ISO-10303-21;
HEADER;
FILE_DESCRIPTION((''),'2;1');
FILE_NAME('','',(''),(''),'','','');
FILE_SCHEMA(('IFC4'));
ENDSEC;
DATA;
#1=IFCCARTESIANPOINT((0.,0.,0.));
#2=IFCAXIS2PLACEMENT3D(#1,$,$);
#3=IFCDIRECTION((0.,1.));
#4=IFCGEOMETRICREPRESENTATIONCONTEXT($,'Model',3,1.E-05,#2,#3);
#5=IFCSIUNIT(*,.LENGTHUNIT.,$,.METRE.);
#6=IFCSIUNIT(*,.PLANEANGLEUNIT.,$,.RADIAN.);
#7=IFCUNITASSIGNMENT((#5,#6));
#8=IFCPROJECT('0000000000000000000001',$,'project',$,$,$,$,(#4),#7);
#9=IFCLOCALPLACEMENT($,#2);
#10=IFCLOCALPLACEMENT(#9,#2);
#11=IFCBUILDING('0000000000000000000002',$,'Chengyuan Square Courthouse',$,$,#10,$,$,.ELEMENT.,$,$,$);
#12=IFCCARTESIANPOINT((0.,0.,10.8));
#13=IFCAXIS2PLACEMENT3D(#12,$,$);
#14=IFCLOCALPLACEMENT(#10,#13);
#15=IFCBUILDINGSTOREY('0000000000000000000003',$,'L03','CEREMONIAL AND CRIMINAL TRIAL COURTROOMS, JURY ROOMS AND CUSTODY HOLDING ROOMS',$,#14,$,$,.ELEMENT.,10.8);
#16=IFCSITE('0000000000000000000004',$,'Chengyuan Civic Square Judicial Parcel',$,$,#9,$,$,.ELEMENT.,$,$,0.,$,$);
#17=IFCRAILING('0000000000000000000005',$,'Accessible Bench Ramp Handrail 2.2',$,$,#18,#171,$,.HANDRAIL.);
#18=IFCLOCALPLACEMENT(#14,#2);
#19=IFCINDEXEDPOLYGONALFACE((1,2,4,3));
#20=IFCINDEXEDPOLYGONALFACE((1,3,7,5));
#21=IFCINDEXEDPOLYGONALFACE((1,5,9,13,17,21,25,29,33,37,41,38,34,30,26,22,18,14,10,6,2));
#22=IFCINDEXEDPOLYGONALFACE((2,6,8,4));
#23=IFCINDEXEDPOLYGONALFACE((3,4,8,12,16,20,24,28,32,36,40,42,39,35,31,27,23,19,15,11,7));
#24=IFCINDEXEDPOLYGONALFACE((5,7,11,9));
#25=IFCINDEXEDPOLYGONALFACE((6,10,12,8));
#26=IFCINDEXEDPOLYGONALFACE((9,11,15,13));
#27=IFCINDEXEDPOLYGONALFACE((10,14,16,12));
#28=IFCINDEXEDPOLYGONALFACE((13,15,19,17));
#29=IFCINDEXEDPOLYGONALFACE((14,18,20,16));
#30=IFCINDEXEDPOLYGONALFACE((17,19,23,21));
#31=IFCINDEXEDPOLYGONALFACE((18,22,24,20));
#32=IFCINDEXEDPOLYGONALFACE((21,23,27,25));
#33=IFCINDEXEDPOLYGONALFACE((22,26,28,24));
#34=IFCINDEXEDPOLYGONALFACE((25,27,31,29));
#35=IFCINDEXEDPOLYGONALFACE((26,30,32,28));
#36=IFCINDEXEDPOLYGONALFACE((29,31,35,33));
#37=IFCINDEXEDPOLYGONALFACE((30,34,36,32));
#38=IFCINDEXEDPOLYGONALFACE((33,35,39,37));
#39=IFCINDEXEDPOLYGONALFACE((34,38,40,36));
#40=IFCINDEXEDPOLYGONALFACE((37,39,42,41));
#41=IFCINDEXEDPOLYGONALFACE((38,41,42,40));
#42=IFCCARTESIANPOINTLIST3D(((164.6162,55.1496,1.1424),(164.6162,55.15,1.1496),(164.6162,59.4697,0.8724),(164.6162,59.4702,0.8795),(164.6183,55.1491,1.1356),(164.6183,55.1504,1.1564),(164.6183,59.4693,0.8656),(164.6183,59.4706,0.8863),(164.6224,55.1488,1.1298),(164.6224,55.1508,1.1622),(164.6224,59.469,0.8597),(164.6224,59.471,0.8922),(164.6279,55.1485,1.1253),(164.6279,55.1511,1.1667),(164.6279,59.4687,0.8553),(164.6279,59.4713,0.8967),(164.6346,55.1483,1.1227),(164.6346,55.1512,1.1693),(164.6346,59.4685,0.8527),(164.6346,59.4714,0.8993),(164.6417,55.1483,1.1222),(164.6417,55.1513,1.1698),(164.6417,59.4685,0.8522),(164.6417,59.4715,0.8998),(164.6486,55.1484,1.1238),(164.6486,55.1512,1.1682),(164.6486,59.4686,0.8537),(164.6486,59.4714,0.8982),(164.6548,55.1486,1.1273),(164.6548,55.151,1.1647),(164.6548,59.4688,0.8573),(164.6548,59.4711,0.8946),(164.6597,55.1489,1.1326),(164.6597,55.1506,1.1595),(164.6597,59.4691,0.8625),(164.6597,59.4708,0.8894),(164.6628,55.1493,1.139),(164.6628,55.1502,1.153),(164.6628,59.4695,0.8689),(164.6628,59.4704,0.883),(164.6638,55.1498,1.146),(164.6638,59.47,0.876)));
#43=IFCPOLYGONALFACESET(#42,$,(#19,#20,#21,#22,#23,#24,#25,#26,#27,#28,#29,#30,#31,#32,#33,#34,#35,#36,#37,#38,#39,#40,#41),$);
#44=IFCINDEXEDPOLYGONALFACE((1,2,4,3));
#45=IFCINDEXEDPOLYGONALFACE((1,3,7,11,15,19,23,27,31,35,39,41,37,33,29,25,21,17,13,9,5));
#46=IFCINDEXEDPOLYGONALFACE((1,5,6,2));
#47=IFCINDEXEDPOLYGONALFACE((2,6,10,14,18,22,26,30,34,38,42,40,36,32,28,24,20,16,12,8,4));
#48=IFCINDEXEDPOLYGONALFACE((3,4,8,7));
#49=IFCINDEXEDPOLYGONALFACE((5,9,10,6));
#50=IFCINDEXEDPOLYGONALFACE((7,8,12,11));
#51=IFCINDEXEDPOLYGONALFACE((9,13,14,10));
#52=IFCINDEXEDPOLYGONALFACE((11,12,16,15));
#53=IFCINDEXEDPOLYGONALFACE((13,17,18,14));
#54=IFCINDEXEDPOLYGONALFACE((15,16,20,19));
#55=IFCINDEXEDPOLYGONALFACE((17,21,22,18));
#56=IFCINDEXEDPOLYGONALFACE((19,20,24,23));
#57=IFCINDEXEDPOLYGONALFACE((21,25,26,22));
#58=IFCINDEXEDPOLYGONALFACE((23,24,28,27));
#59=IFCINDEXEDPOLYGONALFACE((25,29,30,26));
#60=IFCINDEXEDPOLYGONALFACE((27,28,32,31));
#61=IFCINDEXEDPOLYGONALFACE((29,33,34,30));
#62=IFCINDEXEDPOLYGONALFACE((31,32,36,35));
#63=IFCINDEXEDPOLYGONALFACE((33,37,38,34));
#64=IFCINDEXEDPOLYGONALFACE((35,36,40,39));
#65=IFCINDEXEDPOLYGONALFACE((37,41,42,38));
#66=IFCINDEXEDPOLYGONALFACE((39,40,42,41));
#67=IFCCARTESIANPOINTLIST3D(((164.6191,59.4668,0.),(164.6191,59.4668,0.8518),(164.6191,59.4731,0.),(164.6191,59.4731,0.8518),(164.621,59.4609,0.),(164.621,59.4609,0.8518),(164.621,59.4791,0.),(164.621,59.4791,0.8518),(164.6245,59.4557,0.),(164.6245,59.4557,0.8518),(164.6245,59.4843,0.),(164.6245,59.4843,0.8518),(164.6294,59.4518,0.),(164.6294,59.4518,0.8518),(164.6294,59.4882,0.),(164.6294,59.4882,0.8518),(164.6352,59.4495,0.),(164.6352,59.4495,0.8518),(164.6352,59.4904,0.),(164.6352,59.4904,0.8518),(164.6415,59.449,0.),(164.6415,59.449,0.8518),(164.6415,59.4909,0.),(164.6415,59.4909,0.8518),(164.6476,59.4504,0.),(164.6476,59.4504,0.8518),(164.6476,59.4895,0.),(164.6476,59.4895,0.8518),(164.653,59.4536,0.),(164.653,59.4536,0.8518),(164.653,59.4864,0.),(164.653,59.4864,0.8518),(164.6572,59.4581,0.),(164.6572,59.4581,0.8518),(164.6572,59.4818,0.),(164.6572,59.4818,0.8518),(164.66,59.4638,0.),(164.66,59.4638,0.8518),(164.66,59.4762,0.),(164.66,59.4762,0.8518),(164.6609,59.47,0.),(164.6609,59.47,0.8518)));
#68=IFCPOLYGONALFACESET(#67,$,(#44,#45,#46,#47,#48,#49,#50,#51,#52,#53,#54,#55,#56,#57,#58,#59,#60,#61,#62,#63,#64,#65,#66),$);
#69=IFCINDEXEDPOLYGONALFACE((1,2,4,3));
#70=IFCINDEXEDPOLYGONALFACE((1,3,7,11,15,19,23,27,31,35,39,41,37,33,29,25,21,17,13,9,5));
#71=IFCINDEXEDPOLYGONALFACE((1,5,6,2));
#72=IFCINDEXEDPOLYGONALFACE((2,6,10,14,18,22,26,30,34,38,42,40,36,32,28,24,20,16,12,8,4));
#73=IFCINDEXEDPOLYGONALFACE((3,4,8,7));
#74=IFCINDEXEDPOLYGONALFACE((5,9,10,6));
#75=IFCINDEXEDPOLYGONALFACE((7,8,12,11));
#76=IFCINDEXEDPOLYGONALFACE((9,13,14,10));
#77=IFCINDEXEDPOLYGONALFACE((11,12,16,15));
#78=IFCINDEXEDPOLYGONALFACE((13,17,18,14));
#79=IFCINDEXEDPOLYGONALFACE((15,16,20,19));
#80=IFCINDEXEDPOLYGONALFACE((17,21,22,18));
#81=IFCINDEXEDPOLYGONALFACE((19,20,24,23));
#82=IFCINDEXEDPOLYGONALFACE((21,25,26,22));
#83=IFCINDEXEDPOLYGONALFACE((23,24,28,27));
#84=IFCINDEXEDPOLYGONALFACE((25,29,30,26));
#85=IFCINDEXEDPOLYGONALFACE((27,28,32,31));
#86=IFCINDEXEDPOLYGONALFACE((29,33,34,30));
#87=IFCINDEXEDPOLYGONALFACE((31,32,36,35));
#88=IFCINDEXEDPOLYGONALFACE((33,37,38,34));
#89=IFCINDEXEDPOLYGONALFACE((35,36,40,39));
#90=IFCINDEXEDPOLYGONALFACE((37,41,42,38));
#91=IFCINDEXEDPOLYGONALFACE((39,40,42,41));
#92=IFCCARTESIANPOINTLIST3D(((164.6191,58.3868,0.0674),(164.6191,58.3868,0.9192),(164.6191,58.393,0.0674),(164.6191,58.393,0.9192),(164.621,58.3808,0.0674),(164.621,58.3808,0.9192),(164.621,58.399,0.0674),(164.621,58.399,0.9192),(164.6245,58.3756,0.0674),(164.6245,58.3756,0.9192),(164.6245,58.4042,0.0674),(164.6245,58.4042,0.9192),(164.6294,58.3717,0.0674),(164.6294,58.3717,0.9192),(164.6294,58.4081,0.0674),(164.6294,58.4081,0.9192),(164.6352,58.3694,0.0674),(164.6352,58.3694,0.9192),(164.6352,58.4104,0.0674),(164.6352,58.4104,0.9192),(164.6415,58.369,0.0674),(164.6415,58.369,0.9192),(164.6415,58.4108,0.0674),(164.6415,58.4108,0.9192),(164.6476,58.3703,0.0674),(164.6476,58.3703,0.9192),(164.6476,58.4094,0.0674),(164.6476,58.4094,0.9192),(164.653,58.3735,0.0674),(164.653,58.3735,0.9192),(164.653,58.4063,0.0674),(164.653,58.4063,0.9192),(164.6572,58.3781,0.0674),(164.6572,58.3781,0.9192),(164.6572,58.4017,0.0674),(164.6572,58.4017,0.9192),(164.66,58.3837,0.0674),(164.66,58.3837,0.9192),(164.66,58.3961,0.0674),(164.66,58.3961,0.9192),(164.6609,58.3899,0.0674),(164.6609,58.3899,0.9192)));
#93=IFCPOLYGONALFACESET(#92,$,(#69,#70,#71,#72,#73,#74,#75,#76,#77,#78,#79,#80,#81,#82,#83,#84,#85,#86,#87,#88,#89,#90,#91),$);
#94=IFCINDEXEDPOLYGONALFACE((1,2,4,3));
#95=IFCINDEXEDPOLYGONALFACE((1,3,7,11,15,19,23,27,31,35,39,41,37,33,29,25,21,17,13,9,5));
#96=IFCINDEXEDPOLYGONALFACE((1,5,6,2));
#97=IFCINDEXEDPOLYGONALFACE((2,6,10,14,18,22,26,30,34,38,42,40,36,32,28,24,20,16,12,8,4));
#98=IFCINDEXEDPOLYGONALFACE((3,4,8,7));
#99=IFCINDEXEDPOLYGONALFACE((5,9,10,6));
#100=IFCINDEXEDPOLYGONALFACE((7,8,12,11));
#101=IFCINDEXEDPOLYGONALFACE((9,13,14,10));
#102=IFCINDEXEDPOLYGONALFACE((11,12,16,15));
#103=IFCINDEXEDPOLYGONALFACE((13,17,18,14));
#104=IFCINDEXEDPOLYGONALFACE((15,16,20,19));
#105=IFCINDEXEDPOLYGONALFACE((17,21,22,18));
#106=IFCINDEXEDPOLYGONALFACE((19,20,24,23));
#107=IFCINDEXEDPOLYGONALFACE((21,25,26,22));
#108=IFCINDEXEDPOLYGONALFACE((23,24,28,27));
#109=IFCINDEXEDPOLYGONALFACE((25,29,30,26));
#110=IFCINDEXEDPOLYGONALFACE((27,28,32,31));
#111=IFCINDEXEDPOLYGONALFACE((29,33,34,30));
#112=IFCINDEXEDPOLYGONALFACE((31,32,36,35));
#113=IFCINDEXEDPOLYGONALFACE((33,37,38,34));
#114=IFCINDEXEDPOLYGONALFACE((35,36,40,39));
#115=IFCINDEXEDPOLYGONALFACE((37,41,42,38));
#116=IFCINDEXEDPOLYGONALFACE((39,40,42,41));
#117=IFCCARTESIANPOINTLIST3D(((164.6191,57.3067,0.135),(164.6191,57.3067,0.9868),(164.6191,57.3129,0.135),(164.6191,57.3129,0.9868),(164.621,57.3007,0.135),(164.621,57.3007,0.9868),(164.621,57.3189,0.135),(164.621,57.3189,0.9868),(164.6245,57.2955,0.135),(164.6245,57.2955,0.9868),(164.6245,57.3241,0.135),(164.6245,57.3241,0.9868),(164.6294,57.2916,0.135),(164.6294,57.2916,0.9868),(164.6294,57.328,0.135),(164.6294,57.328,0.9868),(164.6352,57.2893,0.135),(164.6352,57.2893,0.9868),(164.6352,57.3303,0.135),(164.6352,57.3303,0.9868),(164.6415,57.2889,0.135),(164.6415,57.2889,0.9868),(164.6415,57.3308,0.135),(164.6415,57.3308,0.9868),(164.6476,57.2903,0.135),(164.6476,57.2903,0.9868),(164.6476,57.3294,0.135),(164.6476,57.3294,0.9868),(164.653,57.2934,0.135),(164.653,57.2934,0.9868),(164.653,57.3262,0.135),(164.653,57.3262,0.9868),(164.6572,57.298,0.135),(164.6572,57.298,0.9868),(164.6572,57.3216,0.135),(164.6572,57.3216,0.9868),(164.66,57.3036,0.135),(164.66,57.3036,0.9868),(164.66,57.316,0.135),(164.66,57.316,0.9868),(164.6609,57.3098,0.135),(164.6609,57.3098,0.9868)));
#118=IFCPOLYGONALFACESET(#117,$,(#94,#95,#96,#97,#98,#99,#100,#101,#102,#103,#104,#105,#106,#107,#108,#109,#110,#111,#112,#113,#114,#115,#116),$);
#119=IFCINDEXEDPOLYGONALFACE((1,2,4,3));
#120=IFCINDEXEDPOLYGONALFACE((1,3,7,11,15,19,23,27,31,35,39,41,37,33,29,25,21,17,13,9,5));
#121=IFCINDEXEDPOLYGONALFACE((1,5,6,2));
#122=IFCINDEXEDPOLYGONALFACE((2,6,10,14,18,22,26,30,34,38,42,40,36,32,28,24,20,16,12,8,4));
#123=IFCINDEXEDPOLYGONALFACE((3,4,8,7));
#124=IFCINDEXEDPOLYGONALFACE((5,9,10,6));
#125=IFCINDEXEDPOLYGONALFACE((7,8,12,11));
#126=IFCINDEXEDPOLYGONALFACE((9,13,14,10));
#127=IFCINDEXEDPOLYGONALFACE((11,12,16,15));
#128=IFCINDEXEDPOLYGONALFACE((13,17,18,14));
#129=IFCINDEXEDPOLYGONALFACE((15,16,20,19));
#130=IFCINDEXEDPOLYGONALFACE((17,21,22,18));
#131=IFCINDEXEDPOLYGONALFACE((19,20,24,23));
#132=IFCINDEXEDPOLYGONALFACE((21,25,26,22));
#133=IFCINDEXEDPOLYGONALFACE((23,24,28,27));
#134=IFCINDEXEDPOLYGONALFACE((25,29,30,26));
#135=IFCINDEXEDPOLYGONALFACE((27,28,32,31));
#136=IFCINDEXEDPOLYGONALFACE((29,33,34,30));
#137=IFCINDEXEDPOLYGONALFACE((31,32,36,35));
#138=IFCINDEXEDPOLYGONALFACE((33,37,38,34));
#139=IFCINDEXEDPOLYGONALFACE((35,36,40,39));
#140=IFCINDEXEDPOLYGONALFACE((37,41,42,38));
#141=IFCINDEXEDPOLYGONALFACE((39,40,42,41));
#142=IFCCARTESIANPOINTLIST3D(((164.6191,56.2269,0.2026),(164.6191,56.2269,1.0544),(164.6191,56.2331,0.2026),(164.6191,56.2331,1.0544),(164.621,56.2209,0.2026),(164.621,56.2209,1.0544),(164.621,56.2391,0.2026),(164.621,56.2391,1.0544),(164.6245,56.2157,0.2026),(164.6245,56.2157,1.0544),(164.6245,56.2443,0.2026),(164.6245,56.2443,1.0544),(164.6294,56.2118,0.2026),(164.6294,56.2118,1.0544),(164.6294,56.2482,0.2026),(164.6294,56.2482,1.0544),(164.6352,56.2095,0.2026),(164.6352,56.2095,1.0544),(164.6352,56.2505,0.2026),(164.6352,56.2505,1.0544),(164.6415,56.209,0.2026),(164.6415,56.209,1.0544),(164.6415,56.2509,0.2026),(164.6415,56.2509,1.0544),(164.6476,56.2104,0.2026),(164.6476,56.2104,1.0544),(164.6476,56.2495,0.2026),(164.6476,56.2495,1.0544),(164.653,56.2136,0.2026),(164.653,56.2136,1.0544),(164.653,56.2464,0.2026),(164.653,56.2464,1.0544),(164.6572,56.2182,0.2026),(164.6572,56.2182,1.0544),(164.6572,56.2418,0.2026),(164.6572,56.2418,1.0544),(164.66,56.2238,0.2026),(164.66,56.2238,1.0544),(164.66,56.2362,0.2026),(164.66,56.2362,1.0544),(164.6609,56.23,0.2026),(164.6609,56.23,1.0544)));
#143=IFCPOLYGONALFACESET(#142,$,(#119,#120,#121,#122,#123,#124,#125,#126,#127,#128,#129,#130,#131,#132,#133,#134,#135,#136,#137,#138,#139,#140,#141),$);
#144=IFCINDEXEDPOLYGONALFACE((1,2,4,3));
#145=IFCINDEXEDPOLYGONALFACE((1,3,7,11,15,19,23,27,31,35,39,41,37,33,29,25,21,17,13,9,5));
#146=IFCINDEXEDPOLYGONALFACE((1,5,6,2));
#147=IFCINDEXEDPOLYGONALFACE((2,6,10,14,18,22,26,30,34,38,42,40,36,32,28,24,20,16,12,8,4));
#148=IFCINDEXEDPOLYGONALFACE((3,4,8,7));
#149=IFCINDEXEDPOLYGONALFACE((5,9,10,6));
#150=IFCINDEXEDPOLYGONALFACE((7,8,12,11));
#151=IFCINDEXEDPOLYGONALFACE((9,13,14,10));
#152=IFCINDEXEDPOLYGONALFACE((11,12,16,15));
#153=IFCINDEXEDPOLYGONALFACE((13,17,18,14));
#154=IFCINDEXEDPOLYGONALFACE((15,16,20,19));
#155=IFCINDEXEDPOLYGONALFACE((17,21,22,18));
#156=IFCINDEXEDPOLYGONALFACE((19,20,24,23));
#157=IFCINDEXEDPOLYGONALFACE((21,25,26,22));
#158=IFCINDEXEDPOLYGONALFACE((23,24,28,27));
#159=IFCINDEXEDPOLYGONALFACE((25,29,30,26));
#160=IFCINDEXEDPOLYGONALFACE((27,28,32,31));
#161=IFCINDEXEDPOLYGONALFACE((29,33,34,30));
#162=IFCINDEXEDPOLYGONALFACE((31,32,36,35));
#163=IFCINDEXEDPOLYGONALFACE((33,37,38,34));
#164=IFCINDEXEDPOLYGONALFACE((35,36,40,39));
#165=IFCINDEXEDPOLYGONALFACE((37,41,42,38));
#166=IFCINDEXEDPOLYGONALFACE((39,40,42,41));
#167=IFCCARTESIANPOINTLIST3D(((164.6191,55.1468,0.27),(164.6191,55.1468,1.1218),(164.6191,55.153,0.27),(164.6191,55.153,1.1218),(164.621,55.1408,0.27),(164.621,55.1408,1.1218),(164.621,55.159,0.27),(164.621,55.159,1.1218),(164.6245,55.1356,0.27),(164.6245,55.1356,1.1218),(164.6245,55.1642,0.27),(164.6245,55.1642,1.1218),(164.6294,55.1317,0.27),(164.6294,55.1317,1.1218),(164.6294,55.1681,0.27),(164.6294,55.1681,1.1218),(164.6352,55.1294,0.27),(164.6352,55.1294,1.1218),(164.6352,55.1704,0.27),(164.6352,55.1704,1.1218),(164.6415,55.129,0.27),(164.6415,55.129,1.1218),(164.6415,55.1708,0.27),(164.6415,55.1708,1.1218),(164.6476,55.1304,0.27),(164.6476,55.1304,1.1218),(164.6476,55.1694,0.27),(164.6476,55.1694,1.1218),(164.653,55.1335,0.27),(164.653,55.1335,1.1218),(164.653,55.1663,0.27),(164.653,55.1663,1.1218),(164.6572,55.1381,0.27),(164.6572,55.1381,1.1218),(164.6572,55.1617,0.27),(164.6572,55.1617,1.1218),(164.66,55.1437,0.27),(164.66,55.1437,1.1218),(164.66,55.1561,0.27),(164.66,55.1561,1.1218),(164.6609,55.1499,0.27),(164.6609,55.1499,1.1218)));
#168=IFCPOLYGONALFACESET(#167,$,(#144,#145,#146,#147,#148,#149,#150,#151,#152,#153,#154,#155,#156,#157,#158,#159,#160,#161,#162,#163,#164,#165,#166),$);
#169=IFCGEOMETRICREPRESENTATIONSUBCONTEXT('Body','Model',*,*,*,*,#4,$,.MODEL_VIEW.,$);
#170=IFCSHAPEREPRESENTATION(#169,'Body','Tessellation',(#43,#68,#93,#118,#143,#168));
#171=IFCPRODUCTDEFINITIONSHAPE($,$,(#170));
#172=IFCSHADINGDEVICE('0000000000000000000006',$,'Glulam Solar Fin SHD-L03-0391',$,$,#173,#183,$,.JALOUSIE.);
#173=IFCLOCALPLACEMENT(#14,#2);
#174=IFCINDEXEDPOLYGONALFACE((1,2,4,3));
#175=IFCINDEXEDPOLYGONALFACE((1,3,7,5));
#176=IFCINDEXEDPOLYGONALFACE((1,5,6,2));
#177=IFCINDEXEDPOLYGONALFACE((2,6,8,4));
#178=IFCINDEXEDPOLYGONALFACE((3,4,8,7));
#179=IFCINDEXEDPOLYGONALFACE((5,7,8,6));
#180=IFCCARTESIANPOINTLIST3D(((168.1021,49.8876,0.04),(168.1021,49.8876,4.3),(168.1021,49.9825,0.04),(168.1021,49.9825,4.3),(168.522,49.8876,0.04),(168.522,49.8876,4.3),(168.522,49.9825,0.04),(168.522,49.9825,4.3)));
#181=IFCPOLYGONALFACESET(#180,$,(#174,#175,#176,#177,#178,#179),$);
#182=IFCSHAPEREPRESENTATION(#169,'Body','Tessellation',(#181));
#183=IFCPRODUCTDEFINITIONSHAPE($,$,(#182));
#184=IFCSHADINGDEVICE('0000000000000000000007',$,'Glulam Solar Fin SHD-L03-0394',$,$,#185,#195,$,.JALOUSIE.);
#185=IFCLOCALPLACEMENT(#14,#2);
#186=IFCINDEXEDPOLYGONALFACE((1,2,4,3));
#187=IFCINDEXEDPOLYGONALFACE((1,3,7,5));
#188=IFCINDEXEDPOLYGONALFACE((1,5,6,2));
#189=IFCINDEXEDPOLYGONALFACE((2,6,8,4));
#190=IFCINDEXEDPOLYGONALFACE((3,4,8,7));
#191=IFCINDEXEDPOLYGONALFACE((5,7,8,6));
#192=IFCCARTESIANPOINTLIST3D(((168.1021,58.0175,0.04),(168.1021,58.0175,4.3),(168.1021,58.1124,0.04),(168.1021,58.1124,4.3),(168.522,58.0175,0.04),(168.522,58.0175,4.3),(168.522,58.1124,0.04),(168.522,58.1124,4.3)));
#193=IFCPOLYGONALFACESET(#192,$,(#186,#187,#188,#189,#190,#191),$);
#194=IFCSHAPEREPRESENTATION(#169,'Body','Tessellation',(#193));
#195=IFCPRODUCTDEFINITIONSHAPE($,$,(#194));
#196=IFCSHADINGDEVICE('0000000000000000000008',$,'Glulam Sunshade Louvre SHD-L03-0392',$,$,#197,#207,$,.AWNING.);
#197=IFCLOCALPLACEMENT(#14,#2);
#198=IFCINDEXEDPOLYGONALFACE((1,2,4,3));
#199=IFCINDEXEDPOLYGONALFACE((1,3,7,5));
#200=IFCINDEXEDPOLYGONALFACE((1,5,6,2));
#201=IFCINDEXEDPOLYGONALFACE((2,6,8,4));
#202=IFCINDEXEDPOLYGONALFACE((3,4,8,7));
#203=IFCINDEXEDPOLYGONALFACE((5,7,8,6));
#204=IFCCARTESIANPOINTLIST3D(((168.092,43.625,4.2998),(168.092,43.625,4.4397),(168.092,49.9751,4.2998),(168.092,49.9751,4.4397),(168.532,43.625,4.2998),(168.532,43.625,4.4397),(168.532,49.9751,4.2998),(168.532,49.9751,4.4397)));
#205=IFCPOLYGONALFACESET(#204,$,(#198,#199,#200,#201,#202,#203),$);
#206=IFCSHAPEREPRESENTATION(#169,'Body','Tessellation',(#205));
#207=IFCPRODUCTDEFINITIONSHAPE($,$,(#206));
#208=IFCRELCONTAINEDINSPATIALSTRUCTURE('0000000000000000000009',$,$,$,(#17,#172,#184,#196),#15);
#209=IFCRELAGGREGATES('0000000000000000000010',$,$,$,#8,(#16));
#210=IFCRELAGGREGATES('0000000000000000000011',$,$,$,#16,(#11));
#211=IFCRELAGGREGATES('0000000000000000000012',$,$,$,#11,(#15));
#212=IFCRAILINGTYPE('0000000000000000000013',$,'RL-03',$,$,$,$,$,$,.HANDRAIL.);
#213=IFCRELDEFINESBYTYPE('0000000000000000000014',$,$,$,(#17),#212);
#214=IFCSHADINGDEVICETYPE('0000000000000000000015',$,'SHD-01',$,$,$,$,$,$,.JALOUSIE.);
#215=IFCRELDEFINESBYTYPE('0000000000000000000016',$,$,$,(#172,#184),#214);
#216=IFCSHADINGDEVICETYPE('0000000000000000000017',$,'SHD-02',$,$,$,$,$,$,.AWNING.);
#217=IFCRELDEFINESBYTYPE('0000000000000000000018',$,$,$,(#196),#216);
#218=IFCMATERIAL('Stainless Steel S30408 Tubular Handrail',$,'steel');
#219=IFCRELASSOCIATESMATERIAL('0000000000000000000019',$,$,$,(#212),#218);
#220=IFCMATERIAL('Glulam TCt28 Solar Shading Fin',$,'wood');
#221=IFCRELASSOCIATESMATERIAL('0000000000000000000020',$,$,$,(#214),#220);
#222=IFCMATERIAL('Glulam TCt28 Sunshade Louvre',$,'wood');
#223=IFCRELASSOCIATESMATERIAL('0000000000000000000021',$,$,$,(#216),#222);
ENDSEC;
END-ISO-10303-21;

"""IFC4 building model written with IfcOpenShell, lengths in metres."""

from ifc_helpers import new_model, si_unit, direction, frame, origin, origin_2d, place, context, subcontext, project, spatial, rectangle, circle, extrude, material, type_object, element, save


model = new_model("IFC4")

# Units and contexts
model_context = context("Model", 3, precision=1e-05, world=origin(), true_north=direction((0.0, 1.0)))
body_context = subcontext(model_context, "Body", "Model", "MODEL_VIEW")
ifc_project = project(units=[si_unit("LENGTHUNIT", "METRE"), si_unit("PLANEANGLEUNIT", "RADIAN")], contexts=[model_context])

# Site, building, storey
site_placement = place(None, origin())
site = spatial("IfcSite", under=ifc_project, at=site_placement, Name="Chengyuan Civic Square Judicial Parcel", CompositionType="ELEMENT", RefElevation=0.0)
building_placement = place(site_placement, origin())
building = spatial("IfcBuilding", under=site, at=building_placement, Name="Chengyuan Square Courthouse", CompositionType="ELEMENT")
storey_placement = place(building_placement, frame((0.0, 0.0, 10.8)))
storey = spatial("IfcBuildingStorey", under=building, at=storey_placement, Name="L03", Description="CEREMONIAL AND CRIMINAL TRIAL COURTROOMS, JURY ROOMS AND CUSTODY HOLDING ROOMS", CompositionType="ELEMENT", Elevation=10.8)

# Railing
ifc_material_1 = material(Name="Stainless Steel S30408 Tubular Handrail", Category="steel")
railing_type = type_object("IfcRailingType", Name="RL-03", PredefinedType="HANDRAIL", material=ifc_material_1)
for number, where, name in (
    (1, (164.6399, 59.47, 0.0), "Accessible Bench Ramp Handrail 2.2"),
):
    element("IfcRailing", number, at=place(storey_placement, frame(where)), inside=storey, type_object=railing_type, Name=name, PredefinedType="HANDRAIL", context=body_context, shape_type="SweptSolid", body=[
        extrude(circle(Radius=0.0239, at=origin_2d()), frame((0.0, 0.0, 0.876), z_axis=(0.0, -0.998052, 0.062382), x_axis=(1.0, 0.0, 0.0)), (0.0, 0.0, 1.0), 4.3286),
        extrude(circle(Radius=0.021, at=origin_2d()), origin(), (0.0, 0.0, 1.0), 0.8518),
        extrude(circle(Radius=0.021, at=origin_2d()), frame((0.0, -1.0801, 0.0674)), (0.0, 0.0, 1.0), 0.8518),
        extrude(circle(Radius=0.021, at=origin_2d()), frame((0.0, -2.1602, 0.135)), (0.0, 0.0, 1.0), 0.8518),
        extrude(circle(Radius=0.021, at=origin_2d()), frame((0.0, -3.24, 0.2026)), (0.0, 0.0, 1.0), 0.8518),
        extrude(circle(Radius=0.021, at=origin_2d()), frame((0.0, -4.3201, 0.27)), (0.0, 0.0, 1.0), 0.8518),
    ])

# Shading devices
ifc_material_2 = material(Name="Glulam TCt28 Solar Shading Fin", Category="wood")
shading_device_type_1 = type_object("IfcShadingDeviceType", Name="SHD-01", PredefinedType="JALOUSIE", material=ifc_material_2)
for number, where, z_axis, x_axis, name in (
    (2, (168.312, 49.9351, 0.04), (0.0, 0.0, 1.0), (1.0, 0.0, 0.0), "Glulam Solar Fin SHD-L03-0391"),
    (3, (168.312, 58.0649, 0.04), (0.0, 0.0, 1.0), (1.0, 0.0, 0.0), "Glulam Solar Fin SHD-L03-0394"),
):
    element("IfcShadingDevice", number, at=place(storey_placement, frame(where, z_axis=z_axis, x_axis=x_axis)), inside=storey, type_object=shading_device_type_1, Name=name, PredefinedType="JALOUSIE", context=body_context, shape_type="SweptSolid", body=[
        extrude(rectangle(XDim=0.4199, YDim=0.095, at=origin_2d()), origin(), (0.0, 0.0, 1.0), 4.26),
    ])
ifc_material_3 = material(Name="Glulam TCt28 Sunshade Louvre", Category="wood")
shading_device_type_2 = type_object("IfcShadingDeviceType", Name="SHD-02", PredefinedType="AWNING", material=ifc_material_3)
shading_device_1_placement = place(storey_placement, frame((168.312, 46.8, 4.2998), z_axis=(0.0, 0.0, 1.0), x_axis=(0.0, 1.0, 0.0)))
element("IfcShadingDevice", 4, at=shading_device_1_placement, inside=storey, type_object=shading_device_type_2, Name="Glulam Sunshade Louvre SHD-L03-0392", PredefinedType="AWNING", context=body_context, shape_type="SweptSolid", body=[
    extrude(rectangle(XDim=6.3501, YDim=0.4399, at=origin_2d()), origin(), (0.0, 0.0, 1.0), 0.1399),
])

save(model, "model.ifc")
